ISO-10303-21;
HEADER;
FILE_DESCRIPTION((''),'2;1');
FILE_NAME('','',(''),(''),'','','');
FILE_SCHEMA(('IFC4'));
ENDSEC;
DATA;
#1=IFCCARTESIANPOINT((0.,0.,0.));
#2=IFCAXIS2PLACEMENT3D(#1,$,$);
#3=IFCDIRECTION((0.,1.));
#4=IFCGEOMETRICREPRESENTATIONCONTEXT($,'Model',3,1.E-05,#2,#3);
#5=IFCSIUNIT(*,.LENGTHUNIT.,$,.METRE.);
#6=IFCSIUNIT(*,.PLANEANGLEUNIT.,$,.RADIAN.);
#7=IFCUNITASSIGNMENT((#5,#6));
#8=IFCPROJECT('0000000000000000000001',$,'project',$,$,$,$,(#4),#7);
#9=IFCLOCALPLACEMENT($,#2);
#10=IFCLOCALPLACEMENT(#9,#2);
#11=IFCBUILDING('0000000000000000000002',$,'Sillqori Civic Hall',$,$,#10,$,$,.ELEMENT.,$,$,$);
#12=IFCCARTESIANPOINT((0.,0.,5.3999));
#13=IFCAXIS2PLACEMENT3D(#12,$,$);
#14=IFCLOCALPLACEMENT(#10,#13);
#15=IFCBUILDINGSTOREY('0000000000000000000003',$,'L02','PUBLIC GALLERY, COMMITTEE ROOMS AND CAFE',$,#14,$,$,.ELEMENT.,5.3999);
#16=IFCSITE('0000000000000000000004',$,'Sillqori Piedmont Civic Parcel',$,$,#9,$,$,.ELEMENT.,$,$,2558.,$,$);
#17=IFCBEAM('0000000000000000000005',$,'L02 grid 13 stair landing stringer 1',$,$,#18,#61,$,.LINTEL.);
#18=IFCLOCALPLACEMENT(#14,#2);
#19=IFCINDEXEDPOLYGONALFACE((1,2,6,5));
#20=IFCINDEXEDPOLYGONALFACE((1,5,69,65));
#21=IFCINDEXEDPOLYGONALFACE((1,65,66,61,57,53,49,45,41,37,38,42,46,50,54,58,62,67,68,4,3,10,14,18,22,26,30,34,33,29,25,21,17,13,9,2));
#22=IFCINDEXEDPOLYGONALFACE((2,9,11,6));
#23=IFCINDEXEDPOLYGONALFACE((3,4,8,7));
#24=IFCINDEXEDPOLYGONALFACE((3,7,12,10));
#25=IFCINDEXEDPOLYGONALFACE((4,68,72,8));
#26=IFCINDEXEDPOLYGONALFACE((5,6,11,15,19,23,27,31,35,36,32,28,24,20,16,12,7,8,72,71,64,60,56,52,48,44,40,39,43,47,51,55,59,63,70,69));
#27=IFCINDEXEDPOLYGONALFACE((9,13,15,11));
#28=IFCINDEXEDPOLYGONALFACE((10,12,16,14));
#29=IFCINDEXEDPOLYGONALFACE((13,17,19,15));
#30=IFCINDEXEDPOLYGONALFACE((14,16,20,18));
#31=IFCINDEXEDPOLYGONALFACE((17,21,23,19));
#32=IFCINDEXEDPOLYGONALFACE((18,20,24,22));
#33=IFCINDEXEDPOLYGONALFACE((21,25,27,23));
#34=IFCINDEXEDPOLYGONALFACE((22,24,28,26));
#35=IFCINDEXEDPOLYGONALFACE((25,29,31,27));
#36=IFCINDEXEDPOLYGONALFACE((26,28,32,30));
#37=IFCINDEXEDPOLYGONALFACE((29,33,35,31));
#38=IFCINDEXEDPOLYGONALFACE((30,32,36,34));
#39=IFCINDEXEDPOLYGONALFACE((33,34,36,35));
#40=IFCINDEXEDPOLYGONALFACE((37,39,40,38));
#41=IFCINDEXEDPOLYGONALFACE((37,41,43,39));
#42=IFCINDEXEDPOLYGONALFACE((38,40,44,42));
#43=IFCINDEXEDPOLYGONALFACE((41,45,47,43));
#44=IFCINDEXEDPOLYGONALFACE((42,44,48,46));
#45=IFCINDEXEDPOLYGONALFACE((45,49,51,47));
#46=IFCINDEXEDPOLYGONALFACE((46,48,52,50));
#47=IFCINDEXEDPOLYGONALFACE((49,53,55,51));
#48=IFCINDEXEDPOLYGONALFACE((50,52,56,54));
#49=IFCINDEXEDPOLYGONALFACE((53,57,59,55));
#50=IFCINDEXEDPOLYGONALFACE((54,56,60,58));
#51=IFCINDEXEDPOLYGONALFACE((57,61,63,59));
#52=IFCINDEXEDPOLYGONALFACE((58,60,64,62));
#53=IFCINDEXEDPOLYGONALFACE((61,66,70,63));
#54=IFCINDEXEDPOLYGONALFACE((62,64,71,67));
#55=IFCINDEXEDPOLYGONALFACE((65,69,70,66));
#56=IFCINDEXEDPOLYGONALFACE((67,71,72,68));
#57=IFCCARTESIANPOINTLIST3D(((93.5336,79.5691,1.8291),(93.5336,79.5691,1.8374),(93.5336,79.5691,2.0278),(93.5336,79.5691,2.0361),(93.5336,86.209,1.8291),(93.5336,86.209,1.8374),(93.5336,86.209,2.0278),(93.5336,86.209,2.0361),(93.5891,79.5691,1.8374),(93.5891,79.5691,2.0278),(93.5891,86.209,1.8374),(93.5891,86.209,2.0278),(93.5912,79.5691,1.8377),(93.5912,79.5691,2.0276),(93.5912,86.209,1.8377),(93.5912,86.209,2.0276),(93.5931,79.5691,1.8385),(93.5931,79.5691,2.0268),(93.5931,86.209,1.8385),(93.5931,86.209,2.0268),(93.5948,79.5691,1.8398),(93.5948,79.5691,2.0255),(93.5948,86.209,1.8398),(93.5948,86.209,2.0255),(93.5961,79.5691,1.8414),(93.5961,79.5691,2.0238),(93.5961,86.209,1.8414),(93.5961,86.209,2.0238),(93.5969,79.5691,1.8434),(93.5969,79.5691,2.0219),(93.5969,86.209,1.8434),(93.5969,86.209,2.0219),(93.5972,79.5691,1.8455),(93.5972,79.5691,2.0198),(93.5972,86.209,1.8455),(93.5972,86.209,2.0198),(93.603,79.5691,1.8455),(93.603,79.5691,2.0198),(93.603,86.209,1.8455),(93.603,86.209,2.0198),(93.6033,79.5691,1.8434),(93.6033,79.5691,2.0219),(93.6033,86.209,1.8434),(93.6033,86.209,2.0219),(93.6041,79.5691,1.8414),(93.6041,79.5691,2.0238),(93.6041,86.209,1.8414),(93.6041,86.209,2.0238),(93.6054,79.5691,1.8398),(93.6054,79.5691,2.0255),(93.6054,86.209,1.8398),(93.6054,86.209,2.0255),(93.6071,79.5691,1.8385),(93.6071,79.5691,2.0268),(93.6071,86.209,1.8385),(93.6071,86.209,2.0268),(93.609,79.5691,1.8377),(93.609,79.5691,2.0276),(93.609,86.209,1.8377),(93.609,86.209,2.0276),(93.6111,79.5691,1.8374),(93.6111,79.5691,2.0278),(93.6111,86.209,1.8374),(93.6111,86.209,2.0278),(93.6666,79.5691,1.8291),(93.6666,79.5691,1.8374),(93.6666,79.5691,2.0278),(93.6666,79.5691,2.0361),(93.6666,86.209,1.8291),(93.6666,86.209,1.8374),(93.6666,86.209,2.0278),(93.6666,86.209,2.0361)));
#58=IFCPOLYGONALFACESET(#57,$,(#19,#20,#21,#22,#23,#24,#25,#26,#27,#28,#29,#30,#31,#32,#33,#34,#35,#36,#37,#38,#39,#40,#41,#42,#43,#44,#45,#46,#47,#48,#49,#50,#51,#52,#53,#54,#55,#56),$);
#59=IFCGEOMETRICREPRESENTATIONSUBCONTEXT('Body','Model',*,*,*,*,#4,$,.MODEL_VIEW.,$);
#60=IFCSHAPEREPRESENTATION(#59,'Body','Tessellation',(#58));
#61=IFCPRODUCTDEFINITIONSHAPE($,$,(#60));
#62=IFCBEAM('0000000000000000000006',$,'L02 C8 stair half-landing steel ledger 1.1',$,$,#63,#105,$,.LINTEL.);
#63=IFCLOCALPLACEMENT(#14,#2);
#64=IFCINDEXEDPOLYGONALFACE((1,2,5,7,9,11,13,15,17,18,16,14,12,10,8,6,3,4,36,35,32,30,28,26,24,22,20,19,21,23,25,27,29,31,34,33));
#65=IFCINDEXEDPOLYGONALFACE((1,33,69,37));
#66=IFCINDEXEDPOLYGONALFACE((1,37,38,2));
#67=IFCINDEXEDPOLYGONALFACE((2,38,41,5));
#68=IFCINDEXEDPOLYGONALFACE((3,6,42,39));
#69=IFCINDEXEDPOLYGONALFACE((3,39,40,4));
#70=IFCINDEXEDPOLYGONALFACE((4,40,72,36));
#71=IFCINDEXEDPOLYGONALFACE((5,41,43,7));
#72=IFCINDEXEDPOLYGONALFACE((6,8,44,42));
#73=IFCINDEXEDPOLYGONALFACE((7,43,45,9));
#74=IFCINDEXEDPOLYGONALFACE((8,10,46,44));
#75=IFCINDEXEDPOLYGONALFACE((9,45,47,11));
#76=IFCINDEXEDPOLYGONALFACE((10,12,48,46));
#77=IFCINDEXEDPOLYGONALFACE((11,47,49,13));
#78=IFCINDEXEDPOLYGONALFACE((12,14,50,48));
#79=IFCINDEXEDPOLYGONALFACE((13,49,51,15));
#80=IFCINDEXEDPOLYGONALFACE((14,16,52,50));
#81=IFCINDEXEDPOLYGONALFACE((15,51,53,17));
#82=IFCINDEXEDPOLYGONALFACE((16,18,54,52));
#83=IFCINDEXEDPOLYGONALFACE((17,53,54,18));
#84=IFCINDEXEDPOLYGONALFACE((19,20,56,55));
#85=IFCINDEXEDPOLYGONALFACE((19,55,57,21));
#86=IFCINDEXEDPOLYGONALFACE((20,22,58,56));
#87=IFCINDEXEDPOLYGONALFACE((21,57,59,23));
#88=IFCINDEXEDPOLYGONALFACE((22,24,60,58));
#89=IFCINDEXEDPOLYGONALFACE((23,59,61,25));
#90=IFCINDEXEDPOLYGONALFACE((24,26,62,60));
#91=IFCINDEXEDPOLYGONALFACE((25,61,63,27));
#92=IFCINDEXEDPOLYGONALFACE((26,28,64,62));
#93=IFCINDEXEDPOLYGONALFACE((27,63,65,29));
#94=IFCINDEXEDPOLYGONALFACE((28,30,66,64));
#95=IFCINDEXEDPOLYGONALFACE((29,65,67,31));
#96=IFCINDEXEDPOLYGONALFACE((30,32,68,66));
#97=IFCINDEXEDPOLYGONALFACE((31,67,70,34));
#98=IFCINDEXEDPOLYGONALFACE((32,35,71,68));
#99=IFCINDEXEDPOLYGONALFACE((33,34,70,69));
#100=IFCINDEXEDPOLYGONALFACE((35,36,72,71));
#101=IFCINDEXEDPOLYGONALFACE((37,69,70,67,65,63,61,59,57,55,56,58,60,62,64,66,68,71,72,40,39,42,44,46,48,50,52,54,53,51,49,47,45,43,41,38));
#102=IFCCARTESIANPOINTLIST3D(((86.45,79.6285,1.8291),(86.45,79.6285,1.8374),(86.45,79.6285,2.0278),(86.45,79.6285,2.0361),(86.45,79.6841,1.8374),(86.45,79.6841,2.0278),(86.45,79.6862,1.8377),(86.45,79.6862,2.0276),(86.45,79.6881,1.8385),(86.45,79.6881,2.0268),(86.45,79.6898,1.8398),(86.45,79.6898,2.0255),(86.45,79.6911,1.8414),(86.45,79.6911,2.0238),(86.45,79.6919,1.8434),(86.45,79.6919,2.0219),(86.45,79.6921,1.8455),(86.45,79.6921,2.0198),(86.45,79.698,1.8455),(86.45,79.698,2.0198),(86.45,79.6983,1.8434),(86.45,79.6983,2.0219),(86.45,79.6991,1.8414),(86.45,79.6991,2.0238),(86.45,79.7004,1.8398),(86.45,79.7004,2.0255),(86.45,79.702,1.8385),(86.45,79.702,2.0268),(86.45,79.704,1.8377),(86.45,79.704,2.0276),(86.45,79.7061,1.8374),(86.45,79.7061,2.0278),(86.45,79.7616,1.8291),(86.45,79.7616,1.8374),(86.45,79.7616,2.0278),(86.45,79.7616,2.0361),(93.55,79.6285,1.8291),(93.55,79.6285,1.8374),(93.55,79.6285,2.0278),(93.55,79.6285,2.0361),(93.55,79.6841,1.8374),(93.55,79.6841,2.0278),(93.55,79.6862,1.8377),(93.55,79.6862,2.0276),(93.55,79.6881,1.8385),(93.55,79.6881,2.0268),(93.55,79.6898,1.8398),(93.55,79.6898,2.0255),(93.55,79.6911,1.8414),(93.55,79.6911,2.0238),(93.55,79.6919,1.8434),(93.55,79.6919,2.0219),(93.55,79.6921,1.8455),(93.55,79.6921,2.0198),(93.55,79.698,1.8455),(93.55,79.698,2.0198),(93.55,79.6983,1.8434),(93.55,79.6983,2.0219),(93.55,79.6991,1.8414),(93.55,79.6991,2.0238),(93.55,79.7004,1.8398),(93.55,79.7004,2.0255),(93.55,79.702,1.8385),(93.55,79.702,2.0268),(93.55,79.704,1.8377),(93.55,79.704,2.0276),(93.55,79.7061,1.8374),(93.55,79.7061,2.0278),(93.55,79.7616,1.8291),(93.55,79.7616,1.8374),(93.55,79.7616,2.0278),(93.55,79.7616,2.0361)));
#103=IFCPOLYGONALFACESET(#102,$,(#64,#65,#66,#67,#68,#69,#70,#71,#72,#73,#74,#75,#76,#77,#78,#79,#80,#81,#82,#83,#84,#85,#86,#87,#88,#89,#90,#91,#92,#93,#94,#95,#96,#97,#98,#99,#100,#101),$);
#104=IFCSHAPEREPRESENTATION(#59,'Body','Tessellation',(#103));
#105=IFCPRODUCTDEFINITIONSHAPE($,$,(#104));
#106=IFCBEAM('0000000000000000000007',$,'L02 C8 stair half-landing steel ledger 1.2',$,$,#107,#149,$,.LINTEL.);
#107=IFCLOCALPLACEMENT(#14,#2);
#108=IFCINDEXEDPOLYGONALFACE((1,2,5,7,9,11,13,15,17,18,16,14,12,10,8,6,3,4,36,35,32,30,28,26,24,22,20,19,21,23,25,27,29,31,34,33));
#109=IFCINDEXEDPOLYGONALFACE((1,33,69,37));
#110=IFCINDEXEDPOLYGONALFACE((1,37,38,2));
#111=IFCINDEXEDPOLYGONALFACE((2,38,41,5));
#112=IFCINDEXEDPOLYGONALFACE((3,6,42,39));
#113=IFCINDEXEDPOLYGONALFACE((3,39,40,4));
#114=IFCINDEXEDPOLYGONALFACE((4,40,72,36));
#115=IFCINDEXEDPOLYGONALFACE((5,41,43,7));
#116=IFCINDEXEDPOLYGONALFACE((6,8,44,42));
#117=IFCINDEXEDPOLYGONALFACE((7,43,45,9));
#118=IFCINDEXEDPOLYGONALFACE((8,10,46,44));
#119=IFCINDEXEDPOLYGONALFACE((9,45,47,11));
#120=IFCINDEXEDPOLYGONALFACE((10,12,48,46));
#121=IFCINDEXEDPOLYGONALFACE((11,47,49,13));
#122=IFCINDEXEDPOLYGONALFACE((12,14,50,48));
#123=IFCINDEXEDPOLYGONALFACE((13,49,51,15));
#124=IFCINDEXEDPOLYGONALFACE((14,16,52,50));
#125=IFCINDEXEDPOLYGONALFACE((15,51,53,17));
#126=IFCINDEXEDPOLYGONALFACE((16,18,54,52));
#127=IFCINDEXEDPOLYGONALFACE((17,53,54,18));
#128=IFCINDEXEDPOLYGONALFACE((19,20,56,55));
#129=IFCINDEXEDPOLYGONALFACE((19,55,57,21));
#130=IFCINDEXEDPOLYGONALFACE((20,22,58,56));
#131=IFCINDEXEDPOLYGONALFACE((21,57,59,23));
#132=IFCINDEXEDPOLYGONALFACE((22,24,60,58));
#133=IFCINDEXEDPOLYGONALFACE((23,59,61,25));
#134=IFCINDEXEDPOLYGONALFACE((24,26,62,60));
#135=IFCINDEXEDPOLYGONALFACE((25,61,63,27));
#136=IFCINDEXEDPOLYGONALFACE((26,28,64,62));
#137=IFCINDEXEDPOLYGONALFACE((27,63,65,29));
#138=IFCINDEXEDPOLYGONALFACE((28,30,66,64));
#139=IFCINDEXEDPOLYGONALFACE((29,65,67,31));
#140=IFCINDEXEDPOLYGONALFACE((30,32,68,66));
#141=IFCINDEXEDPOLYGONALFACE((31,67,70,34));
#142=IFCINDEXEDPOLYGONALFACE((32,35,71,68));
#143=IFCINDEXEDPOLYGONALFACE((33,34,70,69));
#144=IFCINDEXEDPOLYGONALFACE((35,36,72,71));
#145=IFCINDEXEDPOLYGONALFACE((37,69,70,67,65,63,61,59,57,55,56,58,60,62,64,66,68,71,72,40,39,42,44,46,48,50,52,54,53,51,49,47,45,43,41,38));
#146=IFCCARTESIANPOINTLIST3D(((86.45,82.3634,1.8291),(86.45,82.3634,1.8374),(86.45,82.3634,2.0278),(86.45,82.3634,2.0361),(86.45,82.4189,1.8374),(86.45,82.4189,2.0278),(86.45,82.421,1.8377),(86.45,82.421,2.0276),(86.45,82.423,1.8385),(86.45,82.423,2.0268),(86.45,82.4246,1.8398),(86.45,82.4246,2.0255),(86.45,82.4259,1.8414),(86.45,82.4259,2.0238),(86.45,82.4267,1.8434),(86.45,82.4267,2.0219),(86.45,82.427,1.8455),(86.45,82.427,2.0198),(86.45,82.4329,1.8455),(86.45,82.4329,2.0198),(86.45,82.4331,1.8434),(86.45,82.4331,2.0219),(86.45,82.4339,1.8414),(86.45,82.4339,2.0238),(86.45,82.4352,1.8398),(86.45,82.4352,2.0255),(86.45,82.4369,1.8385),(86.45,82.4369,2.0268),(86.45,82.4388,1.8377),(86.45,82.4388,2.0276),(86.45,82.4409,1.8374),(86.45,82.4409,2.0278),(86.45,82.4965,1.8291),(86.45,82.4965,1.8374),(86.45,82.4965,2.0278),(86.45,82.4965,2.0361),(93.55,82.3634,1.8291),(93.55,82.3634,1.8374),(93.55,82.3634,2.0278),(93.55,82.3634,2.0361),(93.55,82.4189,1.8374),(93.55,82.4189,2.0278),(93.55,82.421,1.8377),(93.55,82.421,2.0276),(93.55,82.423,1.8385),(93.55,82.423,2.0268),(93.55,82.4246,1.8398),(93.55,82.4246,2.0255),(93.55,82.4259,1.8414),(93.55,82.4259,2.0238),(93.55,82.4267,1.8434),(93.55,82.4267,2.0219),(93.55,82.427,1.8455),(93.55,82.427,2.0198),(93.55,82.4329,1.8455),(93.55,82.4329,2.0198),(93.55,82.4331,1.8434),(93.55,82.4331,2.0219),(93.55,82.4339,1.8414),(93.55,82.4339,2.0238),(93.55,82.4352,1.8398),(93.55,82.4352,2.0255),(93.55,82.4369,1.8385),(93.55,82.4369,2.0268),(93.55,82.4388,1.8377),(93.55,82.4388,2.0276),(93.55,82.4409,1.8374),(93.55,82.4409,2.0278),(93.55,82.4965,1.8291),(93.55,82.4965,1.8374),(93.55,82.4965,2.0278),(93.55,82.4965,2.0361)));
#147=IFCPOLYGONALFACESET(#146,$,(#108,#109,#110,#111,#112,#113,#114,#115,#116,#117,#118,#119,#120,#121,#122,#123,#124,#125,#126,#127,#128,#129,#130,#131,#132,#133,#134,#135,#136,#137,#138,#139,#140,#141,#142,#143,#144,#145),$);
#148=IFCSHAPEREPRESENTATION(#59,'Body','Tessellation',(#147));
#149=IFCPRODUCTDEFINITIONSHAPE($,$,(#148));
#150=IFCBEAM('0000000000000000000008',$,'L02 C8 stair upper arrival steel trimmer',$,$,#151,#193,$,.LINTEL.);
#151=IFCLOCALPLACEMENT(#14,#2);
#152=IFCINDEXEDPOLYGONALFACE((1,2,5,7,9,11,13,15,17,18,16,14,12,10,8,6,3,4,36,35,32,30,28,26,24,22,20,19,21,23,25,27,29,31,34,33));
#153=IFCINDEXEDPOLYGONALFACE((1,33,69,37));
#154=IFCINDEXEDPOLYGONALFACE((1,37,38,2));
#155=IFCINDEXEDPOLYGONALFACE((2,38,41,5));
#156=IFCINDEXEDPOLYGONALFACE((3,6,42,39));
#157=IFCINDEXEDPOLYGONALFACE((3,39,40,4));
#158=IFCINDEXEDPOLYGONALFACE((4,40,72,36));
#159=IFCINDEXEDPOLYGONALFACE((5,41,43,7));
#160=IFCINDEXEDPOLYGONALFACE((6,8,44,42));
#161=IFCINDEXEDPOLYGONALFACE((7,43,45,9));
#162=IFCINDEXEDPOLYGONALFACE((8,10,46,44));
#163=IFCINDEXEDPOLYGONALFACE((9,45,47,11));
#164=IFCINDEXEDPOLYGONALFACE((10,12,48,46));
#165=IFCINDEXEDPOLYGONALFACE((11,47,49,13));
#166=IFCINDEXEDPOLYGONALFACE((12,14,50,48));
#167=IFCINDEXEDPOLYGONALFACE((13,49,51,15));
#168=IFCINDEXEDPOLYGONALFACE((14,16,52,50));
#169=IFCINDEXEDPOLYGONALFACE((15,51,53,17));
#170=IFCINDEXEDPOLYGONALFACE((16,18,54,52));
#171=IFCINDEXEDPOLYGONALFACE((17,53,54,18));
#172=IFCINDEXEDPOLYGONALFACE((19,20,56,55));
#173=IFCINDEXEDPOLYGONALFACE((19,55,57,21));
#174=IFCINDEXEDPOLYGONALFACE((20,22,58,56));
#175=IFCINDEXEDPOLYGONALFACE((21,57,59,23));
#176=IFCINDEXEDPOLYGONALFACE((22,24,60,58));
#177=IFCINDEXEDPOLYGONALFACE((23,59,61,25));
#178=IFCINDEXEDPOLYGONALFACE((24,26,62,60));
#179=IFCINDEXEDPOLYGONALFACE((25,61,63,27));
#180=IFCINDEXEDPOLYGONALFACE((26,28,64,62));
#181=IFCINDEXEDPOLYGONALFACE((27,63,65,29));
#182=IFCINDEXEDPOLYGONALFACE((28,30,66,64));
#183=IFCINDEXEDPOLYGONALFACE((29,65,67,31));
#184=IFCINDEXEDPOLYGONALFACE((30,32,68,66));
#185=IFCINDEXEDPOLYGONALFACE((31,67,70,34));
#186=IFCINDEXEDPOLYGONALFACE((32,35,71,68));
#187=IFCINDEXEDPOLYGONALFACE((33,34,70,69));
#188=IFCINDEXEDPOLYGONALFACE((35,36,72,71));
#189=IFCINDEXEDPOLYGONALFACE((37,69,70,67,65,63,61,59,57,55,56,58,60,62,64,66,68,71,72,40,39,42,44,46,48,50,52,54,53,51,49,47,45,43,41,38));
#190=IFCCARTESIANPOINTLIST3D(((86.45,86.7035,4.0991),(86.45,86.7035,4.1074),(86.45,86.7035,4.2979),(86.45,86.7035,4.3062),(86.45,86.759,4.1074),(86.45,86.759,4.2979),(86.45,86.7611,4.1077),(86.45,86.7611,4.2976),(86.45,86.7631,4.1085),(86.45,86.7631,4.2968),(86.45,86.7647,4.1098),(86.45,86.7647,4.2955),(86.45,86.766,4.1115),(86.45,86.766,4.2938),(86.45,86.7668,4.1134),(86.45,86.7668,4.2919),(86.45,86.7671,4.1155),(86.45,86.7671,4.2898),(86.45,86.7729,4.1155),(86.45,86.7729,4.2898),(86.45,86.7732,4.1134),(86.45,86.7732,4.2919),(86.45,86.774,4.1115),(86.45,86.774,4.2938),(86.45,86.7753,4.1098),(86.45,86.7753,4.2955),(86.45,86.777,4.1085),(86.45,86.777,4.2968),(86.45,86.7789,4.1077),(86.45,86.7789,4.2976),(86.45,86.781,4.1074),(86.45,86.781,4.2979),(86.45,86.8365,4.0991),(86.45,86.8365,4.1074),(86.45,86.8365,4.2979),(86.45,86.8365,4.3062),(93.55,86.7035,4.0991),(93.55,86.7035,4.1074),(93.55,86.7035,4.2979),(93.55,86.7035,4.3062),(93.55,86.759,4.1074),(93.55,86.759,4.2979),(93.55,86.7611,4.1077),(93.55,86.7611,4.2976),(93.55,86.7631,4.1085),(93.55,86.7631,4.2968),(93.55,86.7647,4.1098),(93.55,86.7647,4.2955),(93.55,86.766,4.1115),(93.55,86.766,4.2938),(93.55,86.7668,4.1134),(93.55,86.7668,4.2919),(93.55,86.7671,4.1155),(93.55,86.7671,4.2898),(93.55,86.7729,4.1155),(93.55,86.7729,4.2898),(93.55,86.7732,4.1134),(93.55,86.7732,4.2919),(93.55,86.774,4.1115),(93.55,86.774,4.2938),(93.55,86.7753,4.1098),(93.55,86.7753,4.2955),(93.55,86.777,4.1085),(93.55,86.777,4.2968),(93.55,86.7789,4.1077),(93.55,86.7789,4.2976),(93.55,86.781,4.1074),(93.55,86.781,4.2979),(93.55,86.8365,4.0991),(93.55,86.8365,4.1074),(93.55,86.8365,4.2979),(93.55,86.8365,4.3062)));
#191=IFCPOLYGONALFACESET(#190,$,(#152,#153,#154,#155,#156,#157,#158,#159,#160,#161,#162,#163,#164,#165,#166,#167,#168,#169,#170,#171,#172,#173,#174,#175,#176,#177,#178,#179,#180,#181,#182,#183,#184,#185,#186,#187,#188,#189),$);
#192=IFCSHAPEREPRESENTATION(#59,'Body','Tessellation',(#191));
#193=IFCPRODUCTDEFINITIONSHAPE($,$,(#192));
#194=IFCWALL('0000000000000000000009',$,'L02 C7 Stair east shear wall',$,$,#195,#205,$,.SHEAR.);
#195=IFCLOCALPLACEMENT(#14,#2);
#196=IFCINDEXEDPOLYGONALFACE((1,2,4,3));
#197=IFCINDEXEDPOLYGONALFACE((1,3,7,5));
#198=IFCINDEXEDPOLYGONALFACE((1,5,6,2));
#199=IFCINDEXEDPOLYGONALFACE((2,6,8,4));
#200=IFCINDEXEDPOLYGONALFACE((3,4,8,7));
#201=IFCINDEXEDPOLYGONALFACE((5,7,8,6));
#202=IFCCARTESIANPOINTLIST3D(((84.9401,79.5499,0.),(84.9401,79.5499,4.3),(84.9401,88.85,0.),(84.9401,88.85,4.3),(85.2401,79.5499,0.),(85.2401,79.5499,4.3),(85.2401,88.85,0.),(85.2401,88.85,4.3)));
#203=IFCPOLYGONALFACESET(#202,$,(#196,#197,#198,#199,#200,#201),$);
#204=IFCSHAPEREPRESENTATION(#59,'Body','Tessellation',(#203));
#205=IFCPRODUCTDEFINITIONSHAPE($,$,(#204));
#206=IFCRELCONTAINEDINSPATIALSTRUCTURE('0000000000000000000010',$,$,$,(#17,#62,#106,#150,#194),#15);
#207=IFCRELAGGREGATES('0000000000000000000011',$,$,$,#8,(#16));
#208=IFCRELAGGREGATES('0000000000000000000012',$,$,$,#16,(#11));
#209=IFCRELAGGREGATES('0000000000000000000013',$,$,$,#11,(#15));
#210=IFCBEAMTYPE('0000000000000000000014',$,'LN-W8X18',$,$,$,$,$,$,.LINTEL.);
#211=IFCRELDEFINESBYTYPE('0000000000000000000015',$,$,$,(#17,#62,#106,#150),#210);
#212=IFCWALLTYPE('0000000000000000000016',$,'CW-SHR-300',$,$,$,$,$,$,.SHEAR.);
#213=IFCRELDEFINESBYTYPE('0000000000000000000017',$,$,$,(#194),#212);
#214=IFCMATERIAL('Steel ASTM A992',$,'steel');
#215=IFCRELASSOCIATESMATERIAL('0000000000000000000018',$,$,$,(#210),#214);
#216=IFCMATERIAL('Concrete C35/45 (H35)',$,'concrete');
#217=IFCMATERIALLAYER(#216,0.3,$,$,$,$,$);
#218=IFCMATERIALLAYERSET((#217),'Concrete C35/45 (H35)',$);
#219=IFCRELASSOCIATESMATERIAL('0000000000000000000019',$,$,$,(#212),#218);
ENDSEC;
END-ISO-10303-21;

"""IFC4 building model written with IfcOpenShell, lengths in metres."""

from ifc_helpers import new_model, si_unit, direction, frame, frame_2d, origin, origin_2d, place, context, subcontext, project, spatial, rectangle, i_section, extrude, material, layer, layer_set, material_profile, profile_set, type_object, element, save


model = new_model("IFC4")

# Units and contexts
model_context = context("Model", 3, precision=1e-05, world=origin(), true_north=direction((0.0, 1.0)))
body_context = subcontext(model_context, "Body", "Model", "MODEL_VIEW")
ifc_project = project(units=[si_unit("LENGTHUNIT", "METRE"), si_unit("PLANEANGLEUNIT", "RADIAN")], contexts=[model_context])

# Site, building, storey
site_placement = place(None, origin())
site = spatial("IfcSite", under=ifc_project, at=site_placement, Name="Sillqori Piedmont Civic Parcel", CompositionType="ELEMENT", RefElevation=2558.0)
building_placement = place(site_placement, origin())
building = spatial("IfcBuilding", under=site, at=building_placement, Name="Sillqori Civic Hall", CompositionType="ELEMENT")
storey_placement = place(building_placement, frame((0.0, 0.0, 5.3999)))
storey = spatial("IfcBuildingStorey", under=building, at=storey_placement, Name="L02", Description="PUBLIC GALLERY, COMMITTEE ROOMS AND CAFE", CompositionType="ELEMENT", Elevation=5.3999)

# Shared definitions
ifc_material_1 = material(Name="Steel ASTM A992", Category="steel")

# Beams
ifc_material_profile_1 = material_profile(ifc_material_1, i_section(OverallWidth=0.1331, OverallDepth=0.207, WebThickness=0.0059, FlangeThickness=0.0083, FilletRadius=0.0081, at=origin_2d()), Name="W8X18")
ifc_profile_set_1 = profile_set([ifc_material_profile_1], Name="Steel ASTM A992")
beam_type_1 = type_object("IfcBeamType", Name="LN-W8X18", PredefinedType="LINTEL", material=ifc_profile_set_1)
for number, where, z_axis, x_axis, name in (
    (1, (93.6001, 79.5691, 1.9326), (0.0, 1.0, 0.0), (-1.0, 0.0, 0.0), "L02 grid 13 stair landing stringer 1"),
):
    element("IfcBeam", number, at=place(storey_placement, frame(where, z_axis=z_axis, x_axis=x_axis)), inside=storey, type_object=beam_type_1, Name=name, PredefinedType="LINTEL", context=body_context, shape_type="SweptSolid", body=[
        extrude(i_section(OverallWidth=0.1331, OverallDepth=0.207, WebThickness=0.0059, FlangeThickness=0.0083, FilletRadius=0.0081, at=origin_2d()), origin(), (0.0, 0.0, 1.0), 6.6399),
    ])
for number, where, z_axis, x_axis, name in (
    (2, (86.45, 79.6951, 1.9326), (1.0, 0.0, 0.0), (0.0, 1.0, 0.0), "L02 C8 stair half-landing steel ledger 1.1"),
    (3, (86.45, 82.4299, 1.9326), (1.0, 0.0, 0.0), (0.0, 1.0, 0.0), "L02 C8 stair half-landing steel ledger 1.2"),
    (4, (86.45, 86.77, 4.2026), (1.0, 0.0, 0.0), (0.0, 1.0, 0.0), "L02 C8 stair upper arrival steel trimmer"),
):
    element("IfcBeam", number, at=place(storey_placement, frame(where, z_axis=z_axis, x_axis=x_axis)), inside=storey, type_object=beam_type_1, Name=name, PredefinedType="LINTEL", context=body_context, shape_type="SweptSolid", body=[
        extrude(i_section(OverallWidth=0.1331, OverallDepth=0.207, WebThickness=0.0059, FlangeThickness=0.0083, FilletRadius=0.0081, at=origin_2d()), origin(), (0.0, 0.0, 1.0), 7.1001),
    ])

# Shared definitions
ifc_material_2 = material(Name="Concrete C35/45 (H35)", Category="concrete")

# Wall
ifc_layer_1 = layer(ifc_material_2, 0.3)
ifc_layer_set_1 = layer_set([ifc_layer_1], Name="Concrete C35/45 (H35)")
wall_type_1 = type_object("IfcWallType", Name="CW-SHR-300", PredefinedType="SHEAR", material=ifc_layer_set_1)
wall_1_placement = place(storey_placement, frame((85.0901, 79.55, 0.0), z_axis=(0.0, 0.0, 1.0), x_axis=(0.0, 1.0, 0.0)))
element("IfcWall", 5, at=wall_1_placement, inside=storey, type_object=wall_type_1, Name="L02 C7 Stair east shear wall", PredefinedType="SHEAR", context=body_context, shape_type="SweptSolid", body=[
    extrude(rectangle(XDim=9.3, YDim=0.3, at=frame_2d((4.6499, 0.0))), origin(), (0.0, 0.0, 1.0), 4.3),
])

save(model, "model.ifc")
